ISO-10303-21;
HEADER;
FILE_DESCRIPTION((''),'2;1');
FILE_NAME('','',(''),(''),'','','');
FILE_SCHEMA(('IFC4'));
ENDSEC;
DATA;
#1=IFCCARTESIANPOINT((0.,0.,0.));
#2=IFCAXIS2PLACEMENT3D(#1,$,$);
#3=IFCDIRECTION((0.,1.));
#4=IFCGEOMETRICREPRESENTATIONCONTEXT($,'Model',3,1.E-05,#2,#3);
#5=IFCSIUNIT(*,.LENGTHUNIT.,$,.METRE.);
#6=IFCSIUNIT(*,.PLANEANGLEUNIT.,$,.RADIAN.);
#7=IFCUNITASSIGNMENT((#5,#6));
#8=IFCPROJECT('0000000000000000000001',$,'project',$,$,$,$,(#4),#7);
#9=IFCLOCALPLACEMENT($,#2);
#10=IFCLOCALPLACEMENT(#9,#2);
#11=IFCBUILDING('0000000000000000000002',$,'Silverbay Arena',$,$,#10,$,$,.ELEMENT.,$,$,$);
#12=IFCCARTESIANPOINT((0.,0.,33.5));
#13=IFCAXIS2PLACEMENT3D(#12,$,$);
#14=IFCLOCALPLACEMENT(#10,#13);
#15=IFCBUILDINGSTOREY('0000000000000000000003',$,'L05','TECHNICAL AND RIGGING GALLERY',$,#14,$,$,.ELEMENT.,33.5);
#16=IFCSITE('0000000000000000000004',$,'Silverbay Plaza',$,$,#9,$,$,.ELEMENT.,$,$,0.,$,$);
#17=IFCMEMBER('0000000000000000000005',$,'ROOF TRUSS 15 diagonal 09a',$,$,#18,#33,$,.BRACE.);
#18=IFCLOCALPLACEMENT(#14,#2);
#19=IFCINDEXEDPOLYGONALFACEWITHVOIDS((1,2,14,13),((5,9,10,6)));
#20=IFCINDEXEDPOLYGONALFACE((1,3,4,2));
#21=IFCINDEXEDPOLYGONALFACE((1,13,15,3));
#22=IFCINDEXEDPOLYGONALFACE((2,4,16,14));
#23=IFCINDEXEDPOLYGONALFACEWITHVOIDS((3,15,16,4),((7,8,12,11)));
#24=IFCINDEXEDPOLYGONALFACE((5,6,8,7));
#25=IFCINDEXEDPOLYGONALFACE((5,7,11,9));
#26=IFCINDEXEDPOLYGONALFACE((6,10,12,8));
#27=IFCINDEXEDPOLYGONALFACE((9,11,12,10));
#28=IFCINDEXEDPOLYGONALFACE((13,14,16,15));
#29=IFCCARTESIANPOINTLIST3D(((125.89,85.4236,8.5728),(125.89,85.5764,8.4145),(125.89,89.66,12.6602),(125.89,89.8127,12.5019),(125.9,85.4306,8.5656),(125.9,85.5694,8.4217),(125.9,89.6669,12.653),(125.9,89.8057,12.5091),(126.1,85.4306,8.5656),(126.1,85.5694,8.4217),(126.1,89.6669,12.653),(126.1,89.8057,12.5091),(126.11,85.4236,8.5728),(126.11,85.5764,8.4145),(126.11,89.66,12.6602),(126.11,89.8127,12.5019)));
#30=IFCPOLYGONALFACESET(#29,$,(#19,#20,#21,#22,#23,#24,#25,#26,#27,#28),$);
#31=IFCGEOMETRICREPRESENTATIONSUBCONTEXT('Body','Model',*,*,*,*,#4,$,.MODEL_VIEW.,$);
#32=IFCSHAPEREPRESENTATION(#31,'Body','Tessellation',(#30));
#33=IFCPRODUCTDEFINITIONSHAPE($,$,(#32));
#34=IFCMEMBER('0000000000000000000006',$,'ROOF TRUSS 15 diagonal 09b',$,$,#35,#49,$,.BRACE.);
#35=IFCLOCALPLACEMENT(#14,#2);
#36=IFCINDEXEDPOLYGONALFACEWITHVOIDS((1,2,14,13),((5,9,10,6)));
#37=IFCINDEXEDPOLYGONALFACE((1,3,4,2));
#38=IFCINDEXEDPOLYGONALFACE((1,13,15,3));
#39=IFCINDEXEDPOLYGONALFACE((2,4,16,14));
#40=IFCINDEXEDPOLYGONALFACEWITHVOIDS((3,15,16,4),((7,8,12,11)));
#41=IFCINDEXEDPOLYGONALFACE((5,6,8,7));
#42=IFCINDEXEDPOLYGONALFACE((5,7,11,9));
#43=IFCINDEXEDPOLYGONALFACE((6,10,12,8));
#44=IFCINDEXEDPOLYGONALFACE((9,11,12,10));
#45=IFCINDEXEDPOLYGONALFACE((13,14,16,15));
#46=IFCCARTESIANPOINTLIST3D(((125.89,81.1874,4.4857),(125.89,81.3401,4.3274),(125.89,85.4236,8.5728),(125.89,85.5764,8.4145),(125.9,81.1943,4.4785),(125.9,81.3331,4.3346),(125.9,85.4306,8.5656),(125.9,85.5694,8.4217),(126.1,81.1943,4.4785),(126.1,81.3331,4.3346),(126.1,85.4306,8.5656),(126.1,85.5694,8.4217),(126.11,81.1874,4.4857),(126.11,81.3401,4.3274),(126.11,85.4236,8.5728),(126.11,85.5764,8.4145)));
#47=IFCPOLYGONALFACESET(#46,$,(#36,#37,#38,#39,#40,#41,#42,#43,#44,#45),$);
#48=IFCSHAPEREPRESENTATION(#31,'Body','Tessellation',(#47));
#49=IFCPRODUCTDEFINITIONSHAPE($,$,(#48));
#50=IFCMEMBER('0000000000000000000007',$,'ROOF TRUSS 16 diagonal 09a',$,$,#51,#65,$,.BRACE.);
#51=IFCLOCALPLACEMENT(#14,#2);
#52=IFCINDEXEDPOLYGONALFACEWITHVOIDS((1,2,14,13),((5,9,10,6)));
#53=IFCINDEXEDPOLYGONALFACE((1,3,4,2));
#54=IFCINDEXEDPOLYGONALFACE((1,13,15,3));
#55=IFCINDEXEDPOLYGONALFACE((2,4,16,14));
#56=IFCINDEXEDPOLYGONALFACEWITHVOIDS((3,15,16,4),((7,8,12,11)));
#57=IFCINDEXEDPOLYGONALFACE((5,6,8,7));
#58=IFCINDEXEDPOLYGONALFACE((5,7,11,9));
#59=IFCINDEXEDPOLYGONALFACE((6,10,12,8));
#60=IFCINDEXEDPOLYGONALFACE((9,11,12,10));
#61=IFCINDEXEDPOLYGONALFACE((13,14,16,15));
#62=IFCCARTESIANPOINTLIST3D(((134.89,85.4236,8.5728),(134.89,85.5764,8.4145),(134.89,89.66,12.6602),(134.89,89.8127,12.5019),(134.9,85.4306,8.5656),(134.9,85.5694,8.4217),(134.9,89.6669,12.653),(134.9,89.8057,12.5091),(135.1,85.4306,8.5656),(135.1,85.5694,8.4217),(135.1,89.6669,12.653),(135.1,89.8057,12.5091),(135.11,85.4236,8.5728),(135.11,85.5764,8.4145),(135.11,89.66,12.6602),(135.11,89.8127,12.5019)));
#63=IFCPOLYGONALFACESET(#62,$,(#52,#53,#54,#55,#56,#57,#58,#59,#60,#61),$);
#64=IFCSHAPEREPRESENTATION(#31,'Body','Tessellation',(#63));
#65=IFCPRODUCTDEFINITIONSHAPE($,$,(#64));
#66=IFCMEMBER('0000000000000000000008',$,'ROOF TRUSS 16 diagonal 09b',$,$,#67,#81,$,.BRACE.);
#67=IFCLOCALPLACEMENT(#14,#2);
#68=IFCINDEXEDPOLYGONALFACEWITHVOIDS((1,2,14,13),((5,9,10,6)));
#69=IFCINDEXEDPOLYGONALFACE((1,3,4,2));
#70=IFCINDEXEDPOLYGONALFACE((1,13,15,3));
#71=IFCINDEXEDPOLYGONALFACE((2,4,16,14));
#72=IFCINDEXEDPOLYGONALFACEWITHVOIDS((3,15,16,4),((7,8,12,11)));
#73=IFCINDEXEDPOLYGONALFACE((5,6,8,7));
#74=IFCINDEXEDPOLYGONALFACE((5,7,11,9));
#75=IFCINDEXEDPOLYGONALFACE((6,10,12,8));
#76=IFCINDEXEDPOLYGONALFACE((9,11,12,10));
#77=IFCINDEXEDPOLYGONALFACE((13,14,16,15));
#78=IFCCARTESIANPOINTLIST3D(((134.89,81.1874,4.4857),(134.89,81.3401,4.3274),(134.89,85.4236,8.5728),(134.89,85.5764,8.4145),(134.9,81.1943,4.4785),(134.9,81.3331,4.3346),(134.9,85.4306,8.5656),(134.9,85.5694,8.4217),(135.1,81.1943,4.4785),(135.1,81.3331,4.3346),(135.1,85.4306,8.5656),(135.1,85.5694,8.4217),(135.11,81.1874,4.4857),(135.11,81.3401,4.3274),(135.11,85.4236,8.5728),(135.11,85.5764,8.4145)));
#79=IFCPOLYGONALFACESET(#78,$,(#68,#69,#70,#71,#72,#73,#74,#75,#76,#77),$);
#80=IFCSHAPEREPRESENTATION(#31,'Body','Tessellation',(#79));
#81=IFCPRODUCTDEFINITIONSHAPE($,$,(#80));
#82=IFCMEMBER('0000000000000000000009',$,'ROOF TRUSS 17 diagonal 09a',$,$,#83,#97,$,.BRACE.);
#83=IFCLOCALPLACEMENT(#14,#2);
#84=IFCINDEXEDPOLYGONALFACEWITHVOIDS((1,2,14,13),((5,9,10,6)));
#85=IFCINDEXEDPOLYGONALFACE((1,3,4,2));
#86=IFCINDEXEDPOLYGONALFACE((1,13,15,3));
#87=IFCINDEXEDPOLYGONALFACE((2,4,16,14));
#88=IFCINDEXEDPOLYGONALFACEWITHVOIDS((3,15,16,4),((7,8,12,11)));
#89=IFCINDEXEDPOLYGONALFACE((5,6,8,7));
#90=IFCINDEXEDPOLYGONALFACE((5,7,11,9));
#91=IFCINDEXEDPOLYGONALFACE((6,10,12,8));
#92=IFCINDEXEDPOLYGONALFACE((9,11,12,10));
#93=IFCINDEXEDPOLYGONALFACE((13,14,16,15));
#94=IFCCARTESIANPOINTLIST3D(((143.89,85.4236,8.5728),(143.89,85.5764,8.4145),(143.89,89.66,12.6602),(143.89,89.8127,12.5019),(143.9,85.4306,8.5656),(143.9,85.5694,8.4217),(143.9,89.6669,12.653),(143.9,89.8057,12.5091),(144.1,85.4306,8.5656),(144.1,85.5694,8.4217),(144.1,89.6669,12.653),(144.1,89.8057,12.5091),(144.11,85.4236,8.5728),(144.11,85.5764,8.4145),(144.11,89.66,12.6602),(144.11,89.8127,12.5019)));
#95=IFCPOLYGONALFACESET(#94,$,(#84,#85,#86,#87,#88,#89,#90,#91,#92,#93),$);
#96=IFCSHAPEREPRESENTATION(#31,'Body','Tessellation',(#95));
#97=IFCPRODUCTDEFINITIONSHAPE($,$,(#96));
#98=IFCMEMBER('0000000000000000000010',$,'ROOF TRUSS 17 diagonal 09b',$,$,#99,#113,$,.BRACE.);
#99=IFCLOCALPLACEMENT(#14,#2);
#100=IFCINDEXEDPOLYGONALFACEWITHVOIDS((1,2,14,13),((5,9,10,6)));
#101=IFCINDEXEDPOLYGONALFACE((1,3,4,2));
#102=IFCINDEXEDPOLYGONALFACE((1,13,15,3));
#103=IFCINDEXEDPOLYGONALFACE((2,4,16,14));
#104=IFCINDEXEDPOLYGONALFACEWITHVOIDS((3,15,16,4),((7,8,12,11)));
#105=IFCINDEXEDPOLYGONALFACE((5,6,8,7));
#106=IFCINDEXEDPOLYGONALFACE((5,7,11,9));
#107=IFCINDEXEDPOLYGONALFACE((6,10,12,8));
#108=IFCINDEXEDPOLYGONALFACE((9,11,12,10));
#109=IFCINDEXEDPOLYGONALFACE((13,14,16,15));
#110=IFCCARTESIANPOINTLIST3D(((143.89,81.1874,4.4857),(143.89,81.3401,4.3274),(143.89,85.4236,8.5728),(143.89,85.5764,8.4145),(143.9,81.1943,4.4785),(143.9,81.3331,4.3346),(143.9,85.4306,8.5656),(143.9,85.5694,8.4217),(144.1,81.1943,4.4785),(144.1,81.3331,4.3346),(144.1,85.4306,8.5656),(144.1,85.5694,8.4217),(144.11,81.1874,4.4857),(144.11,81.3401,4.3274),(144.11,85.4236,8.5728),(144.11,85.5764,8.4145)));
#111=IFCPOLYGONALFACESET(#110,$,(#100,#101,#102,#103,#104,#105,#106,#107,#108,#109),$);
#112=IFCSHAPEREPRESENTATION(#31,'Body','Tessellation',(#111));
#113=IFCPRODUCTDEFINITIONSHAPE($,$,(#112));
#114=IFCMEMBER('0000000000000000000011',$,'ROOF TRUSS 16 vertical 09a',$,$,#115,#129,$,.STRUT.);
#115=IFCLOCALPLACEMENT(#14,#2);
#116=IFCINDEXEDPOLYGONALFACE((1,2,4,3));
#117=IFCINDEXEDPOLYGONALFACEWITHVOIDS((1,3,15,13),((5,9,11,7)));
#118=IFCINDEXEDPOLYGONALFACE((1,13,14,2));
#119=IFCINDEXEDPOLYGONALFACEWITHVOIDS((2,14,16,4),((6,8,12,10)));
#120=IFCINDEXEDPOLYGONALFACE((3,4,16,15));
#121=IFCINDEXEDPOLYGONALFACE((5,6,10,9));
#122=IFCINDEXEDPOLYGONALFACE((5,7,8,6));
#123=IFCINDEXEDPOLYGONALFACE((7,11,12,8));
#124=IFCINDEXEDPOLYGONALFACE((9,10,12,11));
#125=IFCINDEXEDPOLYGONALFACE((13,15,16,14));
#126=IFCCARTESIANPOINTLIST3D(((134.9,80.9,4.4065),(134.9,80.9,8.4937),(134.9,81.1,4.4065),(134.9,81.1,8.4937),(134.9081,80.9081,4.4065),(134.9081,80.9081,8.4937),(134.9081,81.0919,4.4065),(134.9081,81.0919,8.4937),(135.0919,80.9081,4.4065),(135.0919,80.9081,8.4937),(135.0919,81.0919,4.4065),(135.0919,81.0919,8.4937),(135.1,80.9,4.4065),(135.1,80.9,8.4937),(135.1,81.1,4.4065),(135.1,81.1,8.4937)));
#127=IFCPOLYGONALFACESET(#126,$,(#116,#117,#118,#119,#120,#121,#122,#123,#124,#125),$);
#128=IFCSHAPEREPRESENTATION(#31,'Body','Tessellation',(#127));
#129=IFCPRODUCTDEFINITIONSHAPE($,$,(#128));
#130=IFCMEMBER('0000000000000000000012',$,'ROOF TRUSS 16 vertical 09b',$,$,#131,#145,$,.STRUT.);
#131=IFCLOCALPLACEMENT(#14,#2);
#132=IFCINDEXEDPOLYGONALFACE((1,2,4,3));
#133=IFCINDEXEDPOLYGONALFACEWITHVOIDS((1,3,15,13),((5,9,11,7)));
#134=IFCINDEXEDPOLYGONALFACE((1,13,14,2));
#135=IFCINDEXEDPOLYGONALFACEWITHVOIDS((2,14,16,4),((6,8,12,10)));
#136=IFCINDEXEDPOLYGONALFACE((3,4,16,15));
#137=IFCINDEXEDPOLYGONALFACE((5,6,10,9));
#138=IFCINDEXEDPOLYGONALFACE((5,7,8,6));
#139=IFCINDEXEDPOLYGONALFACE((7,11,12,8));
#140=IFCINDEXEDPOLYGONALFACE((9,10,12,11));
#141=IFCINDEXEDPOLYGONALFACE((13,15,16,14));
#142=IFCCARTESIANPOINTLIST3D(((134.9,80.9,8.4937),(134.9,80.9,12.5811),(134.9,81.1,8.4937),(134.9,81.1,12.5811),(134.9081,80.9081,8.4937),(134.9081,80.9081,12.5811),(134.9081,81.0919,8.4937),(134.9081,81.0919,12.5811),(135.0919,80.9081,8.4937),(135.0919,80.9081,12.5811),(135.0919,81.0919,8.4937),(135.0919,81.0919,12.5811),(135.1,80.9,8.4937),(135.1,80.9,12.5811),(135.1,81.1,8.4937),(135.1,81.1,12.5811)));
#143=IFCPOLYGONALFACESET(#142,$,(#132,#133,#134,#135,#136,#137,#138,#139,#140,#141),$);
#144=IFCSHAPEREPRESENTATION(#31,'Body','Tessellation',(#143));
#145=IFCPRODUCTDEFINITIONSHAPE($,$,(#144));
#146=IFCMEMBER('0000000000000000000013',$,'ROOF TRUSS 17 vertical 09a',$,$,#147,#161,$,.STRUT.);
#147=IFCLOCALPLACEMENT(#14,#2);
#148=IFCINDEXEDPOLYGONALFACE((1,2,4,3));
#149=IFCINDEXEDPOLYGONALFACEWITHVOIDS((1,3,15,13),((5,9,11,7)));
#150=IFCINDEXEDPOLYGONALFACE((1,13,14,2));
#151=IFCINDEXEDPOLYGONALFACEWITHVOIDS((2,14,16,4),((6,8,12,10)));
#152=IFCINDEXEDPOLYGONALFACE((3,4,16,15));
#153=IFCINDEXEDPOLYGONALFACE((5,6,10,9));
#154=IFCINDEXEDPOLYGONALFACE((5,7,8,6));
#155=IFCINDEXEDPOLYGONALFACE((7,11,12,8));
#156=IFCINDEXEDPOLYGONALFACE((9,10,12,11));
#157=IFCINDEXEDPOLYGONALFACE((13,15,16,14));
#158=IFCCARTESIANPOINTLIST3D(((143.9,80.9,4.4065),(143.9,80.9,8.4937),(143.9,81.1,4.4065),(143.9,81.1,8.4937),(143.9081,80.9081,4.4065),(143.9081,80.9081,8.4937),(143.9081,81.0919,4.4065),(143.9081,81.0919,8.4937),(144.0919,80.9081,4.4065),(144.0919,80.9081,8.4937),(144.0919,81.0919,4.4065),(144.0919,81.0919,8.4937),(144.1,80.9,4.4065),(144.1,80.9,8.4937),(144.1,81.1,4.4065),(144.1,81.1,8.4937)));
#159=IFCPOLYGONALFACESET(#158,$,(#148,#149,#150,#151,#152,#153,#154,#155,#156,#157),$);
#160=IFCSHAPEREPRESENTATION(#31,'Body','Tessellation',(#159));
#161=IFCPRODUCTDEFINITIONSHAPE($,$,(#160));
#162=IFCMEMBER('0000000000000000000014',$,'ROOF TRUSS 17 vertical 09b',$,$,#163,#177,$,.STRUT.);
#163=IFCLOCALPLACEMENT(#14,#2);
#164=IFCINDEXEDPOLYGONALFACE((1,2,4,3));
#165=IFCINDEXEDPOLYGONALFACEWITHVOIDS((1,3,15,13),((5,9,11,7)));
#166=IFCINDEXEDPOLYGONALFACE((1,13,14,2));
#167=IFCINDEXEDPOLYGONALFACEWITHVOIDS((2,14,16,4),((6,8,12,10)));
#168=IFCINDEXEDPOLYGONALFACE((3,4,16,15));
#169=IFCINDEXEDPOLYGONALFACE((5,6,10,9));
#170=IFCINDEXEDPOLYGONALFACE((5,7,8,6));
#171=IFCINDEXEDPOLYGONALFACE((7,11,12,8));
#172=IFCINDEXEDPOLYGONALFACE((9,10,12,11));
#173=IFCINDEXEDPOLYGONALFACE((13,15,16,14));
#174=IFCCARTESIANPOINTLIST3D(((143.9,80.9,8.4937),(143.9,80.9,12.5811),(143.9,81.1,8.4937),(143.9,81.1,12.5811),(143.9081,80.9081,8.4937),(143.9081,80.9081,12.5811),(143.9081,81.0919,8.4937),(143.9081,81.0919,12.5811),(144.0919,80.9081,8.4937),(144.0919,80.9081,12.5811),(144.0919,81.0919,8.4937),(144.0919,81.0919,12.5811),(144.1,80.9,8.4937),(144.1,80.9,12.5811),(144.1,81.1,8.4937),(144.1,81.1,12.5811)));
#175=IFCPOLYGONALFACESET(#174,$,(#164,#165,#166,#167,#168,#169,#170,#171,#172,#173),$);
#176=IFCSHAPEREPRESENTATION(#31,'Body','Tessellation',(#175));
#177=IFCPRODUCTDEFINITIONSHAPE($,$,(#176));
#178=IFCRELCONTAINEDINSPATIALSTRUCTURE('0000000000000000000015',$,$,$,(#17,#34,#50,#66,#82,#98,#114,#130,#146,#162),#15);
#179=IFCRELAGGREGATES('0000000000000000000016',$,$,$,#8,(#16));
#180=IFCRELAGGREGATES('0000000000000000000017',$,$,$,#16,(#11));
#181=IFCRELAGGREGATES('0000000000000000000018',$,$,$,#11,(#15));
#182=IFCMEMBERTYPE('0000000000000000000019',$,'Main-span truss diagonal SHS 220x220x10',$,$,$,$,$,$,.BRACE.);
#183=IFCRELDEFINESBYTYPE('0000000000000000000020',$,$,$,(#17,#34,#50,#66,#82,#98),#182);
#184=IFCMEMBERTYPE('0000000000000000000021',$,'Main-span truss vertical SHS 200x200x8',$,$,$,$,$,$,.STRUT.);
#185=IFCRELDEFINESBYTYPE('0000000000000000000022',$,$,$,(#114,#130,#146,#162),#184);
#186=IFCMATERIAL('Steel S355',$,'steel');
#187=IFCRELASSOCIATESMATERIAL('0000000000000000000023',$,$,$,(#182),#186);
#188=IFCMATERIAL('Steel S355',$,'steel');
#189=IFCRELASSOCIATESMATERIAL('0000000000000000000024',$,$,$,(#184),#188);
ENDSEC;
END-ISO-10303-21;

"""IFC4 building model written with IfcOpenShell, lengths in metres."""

from ifc_helpers import new_model, si_unit, direction, frame, origin, origin_2d, place, context, subcontext, project, spatial, hollow_rectangle, extrude, material, material_profile, profile_set, type_object, element, save


model = new_model("IFC4")

# Units and contexts
model_context = context("Model", 3, precision=1e-05, world=origin(), true_north=direction((0.0, 1.0)))
body_context = subcontext(model_context, "Body", "Model", "MODEL_VIEW")
ifc_project = project(units=[si_unit("LENGTHUNIT", "METRE"), si_unit("PLANEANGLEUNIT", "RADIAN")], contexts=[model_context])

# Site, building, storey
site_placement = place(None, origin())
site = spatial("IfcSite", under=ifc_project, at=site_placement, Name="Silverbay Plaza", CompositionType="ELEMENT", RefElevation=0.0)
building_placement = place(site_placement, origin())
building = spatial("IfcBuilding", under=site, at=building_placement, Name="Silverbay Arena", CompositionType="ELEMENT")
storey_placement = place(building_placement, frame((0.0, 0.0, 33.5)))
storey = spatial("IfcBuildingStorey", under=building, at=storey_placement, Name="L05", Description="TECHNICAL AND RIGGING GALLERY", CompositionType="ELEMENT", Elevation=33.5)

# Members
ifc_material_1 = material(Name="Steel S355", Category="steel")
ifc_material_profile_1 = material_profile(ifc_material_1, hollow_rectangle(XDim=0.22, YDim=0.22, WallThickness=0.01, at=origin_2d()), Name="SHS 220x220x10")
ifc_profile_set_1 = profile_set([ifc_material_profile_1], Name="Steel S355")
member_type_1 = type_object("IfcMemberType", Name="Main-span truss diagonal SHS 220x220x10", PredefinedType="BRACE", material=ifc_profile_set_1)
member_1_placement = place(storey_placement, frame((126.0, 89.7363, 12.5811), z_axis=(0.0, -0.719643, -0.694344), x_axis=(1.0, 0.0, 0.0)))
element("IfcMember", 1, at=member_1_placement, inside=storey, type_object=member_type_1, Name="ROOF TRUSS 15 diagonal 09a", PredefinedType="BRACE", context=body_context, shape_type="SweptSolid", body=[
    extrude(hollow_rectangle(XDim=0.22, YDim=0.22, WallThickness=0.01, at=origin_2d()), origin(), (0.0, 0.0, 1.0), 5.8867),
])
member_2_placement = place(storey_placement, frame((126.0, 85.5, 8.4937), z_axis=(0.0, -0.719664, -0.694323), x_axis=(1.0, 0.0, 0.0)))
element("IfcMember", 2, at=member_2_placement, inside=storey, type_object=member_type_1, Name="ROOF TRUSS 15 diagonal 09b", PredefinedType="BRACE", context=body_context, shape_type="SweptSolid", body=[
    extrude(hollow_rectangle(XDim=0.22, YDim=0.22, WallThickness=0.01, at=origin_2d()), origin(), (0.0, 0.0, 1.0), 5.8865),
])
member_3_placement = place(storey_placement, frame((135.0, 89.7363, 12.5811), z_axis=(0.0, -0.719643, -0.694344), x_axis=(1.0, 0.0, 0.0)))
element("IfcMember", 3, at=member_3_placement, inside=storey, type_object=member_type_1, Name="ROOF TRUSS 16 diagonal 09a", PredefinedType="BRACE", context=body_context, shape_type="SweptSolid", body=[
    extrude(hollow_rectangle(XDim=0.22, YDim=0.22, WallThickness=0.01, at=origin_2d()), origin(), (0.0, 0.0, 1.0), 5.8867),
])
member_4_placement = place(storey_placement, frame((135.0, 85.5, 8.4937), z_axis=(0.0, -0.719664, -0.694323), x_axis=(1.0, 0.0, 0.0)))
element("IfcMember", 4, at=member_4_placement, inside=storey, type_object=member_type_1, Name="ROOF TRUSS 16 diagonal 09b", PredefinedType="BRACE", context=body_context, shape_type="SweptSolid", body=[
    extrude(hollow_rectangle(XDim=0.22, YDim=0.22, WallThickness=0.01, at=origin_2d()), origin(), (0.0, 0.0, 1.0), 5.8865),
])
member_5_placement = place(storey_placement, frame((144.0, 89.7363, 12.5811), z_axis=(0.0, -0.719643, -0.694344), x_axis=(1.0, 0.0, 0.0)))
element("IfcMember", 5, at=member_5_placement, inside=storey, type_object=member_type_1, Name="ROOF TRUSS 17 diagonal 09a", PredefinedType="BRACE", context=body_context, shape_type="SweptSolid", body=[
    extrude(hollow_rectangle(XDim=0.22, YDim=0.22, WallThickness=0.01, at=origin_2d()), origin(), (0.0, 0.0, 1.0), 5.8867),
])
member_6_placement = place(storey_placement, frame((144.0, 85.5, 8.4937), z_axis=(0.0, -0.719664, -0.694323), x_axis=(1.0, 0.0, 0.0)))
element("IfcMember", 6, at=member_6_placement, inside=storey, type_object=member_type_1, Name="ROOF TRUSS 17 diagonal 09b", PredefinedType="BRACE", context=body_context, shape_type="SweptSolid", body=[
    extrude(hollow_rectangle(XDim=0.22, YDim=0.22, WallThickness=0.01, at=origin_2d()), origin(), (0.0, 0.0, 1.0), 5.8865),
])
ifc_material_2 = material(Name="Steel S355", Category="steel")
ifc_material_profile_2 = material_profile(ifc_material_2, hollow_rectangle(XDim=0.2, YDim=0.2, WallThickness=0.0081, at=origin_2d()), Name="SHS 200x200x8")
ifc_profile_set_2 = profile_set([ifc_material_profile_2], Name="Steel S355")
member_type_2 = type_object("IfcMemberType", Name="Main-span truss vertical SHS 200x200x8", PredefinedType="STRUT", material=ifc_profile_set_2)
member_7_placement = place(storey_placement, frame((135.0, 81.0, 4.4065), z_axis=(0.0, 0.0, 1.0), x_axis=(1.0, 0.0, 0.0)))
element("IfcMember", 7, at=member_7_placement, inside=storey, type_object=member_type_2, Name="ROOF TRUSS 16 vertical 09a", PredefinedType="STRUT", context=body_context, shape_type="SweptSolid", body=[
    extrude(hollow_rectangle(XDim=0.2, YDim=0.2, WallThickness=0.0081, at=origin_2d()), origin(), (0.0, 0.0, 1.0), 4.0872),
])
member_8_placement = place(storey_placement, frame((135.0, 81.0, 8.4937), z_axis=(0.0, 0.0, 1.0), x_axis=(1.0, 0.0, 0.0)))
element("IfcMember", 8, at=member_8_placement, inside=storey, type_object=member_type_2, Name="ROOF TRUSS 16 vertical 09b", PredefinedType="STRUT", context=body_context, shape_type="SweptSolid", body=[
    extrude(hollow_rectangle(XDim=0.2, YDim=0.2, WallThickness=0.0081, at=origin_2d()), origin(), (0.0, 0.0, 1.0), 4.0874),
])
member_9_placement = place(storey_placement, frame((144.0, 81.0, 4.4065), z_axis=(0.0, 0.0, 1.0), x_axis=(1.0, 0.0, 0.0)))
element("IfcMember", 9, at=member_9_placement, inside=storey, type_object=member_type_2, Name="ROOF TRUSS 17 vertical 09a", PredefinedType="STRUT", context=body_context, shape_type="SweptSolid", body=[
    extrude(hollow_rectangle(XDim=0.2, YDim=0.2, WallThickness=0.0081, at=origin_2d()), origin(), (0.0, 0.0, 1.0), 4.0872),
])
member_10_placement = place(storey_placement, frame((144.0, 81.0, 8.4937), z_axis=(0.0, 0.0, 1.0), x_axis=(1.0, 0.0, 0.0)))
element("IfcMember", 10, at=member_10_placement, inside=storey, type_object=member_type_2, Name="ROOF TRUSS 17 vertical 09b", PredefinedType="STRUT", context=body_context, shape_type="SweptSolid", body=[
    extrude(hollow_rectangle(XDim=0.2, YDim=0.2, WallThickness=0.0081, at=origin_2d()), origin(), (0.0, 0.0, 1.0), 4.0874),
])

save(model, "model.ifc")
